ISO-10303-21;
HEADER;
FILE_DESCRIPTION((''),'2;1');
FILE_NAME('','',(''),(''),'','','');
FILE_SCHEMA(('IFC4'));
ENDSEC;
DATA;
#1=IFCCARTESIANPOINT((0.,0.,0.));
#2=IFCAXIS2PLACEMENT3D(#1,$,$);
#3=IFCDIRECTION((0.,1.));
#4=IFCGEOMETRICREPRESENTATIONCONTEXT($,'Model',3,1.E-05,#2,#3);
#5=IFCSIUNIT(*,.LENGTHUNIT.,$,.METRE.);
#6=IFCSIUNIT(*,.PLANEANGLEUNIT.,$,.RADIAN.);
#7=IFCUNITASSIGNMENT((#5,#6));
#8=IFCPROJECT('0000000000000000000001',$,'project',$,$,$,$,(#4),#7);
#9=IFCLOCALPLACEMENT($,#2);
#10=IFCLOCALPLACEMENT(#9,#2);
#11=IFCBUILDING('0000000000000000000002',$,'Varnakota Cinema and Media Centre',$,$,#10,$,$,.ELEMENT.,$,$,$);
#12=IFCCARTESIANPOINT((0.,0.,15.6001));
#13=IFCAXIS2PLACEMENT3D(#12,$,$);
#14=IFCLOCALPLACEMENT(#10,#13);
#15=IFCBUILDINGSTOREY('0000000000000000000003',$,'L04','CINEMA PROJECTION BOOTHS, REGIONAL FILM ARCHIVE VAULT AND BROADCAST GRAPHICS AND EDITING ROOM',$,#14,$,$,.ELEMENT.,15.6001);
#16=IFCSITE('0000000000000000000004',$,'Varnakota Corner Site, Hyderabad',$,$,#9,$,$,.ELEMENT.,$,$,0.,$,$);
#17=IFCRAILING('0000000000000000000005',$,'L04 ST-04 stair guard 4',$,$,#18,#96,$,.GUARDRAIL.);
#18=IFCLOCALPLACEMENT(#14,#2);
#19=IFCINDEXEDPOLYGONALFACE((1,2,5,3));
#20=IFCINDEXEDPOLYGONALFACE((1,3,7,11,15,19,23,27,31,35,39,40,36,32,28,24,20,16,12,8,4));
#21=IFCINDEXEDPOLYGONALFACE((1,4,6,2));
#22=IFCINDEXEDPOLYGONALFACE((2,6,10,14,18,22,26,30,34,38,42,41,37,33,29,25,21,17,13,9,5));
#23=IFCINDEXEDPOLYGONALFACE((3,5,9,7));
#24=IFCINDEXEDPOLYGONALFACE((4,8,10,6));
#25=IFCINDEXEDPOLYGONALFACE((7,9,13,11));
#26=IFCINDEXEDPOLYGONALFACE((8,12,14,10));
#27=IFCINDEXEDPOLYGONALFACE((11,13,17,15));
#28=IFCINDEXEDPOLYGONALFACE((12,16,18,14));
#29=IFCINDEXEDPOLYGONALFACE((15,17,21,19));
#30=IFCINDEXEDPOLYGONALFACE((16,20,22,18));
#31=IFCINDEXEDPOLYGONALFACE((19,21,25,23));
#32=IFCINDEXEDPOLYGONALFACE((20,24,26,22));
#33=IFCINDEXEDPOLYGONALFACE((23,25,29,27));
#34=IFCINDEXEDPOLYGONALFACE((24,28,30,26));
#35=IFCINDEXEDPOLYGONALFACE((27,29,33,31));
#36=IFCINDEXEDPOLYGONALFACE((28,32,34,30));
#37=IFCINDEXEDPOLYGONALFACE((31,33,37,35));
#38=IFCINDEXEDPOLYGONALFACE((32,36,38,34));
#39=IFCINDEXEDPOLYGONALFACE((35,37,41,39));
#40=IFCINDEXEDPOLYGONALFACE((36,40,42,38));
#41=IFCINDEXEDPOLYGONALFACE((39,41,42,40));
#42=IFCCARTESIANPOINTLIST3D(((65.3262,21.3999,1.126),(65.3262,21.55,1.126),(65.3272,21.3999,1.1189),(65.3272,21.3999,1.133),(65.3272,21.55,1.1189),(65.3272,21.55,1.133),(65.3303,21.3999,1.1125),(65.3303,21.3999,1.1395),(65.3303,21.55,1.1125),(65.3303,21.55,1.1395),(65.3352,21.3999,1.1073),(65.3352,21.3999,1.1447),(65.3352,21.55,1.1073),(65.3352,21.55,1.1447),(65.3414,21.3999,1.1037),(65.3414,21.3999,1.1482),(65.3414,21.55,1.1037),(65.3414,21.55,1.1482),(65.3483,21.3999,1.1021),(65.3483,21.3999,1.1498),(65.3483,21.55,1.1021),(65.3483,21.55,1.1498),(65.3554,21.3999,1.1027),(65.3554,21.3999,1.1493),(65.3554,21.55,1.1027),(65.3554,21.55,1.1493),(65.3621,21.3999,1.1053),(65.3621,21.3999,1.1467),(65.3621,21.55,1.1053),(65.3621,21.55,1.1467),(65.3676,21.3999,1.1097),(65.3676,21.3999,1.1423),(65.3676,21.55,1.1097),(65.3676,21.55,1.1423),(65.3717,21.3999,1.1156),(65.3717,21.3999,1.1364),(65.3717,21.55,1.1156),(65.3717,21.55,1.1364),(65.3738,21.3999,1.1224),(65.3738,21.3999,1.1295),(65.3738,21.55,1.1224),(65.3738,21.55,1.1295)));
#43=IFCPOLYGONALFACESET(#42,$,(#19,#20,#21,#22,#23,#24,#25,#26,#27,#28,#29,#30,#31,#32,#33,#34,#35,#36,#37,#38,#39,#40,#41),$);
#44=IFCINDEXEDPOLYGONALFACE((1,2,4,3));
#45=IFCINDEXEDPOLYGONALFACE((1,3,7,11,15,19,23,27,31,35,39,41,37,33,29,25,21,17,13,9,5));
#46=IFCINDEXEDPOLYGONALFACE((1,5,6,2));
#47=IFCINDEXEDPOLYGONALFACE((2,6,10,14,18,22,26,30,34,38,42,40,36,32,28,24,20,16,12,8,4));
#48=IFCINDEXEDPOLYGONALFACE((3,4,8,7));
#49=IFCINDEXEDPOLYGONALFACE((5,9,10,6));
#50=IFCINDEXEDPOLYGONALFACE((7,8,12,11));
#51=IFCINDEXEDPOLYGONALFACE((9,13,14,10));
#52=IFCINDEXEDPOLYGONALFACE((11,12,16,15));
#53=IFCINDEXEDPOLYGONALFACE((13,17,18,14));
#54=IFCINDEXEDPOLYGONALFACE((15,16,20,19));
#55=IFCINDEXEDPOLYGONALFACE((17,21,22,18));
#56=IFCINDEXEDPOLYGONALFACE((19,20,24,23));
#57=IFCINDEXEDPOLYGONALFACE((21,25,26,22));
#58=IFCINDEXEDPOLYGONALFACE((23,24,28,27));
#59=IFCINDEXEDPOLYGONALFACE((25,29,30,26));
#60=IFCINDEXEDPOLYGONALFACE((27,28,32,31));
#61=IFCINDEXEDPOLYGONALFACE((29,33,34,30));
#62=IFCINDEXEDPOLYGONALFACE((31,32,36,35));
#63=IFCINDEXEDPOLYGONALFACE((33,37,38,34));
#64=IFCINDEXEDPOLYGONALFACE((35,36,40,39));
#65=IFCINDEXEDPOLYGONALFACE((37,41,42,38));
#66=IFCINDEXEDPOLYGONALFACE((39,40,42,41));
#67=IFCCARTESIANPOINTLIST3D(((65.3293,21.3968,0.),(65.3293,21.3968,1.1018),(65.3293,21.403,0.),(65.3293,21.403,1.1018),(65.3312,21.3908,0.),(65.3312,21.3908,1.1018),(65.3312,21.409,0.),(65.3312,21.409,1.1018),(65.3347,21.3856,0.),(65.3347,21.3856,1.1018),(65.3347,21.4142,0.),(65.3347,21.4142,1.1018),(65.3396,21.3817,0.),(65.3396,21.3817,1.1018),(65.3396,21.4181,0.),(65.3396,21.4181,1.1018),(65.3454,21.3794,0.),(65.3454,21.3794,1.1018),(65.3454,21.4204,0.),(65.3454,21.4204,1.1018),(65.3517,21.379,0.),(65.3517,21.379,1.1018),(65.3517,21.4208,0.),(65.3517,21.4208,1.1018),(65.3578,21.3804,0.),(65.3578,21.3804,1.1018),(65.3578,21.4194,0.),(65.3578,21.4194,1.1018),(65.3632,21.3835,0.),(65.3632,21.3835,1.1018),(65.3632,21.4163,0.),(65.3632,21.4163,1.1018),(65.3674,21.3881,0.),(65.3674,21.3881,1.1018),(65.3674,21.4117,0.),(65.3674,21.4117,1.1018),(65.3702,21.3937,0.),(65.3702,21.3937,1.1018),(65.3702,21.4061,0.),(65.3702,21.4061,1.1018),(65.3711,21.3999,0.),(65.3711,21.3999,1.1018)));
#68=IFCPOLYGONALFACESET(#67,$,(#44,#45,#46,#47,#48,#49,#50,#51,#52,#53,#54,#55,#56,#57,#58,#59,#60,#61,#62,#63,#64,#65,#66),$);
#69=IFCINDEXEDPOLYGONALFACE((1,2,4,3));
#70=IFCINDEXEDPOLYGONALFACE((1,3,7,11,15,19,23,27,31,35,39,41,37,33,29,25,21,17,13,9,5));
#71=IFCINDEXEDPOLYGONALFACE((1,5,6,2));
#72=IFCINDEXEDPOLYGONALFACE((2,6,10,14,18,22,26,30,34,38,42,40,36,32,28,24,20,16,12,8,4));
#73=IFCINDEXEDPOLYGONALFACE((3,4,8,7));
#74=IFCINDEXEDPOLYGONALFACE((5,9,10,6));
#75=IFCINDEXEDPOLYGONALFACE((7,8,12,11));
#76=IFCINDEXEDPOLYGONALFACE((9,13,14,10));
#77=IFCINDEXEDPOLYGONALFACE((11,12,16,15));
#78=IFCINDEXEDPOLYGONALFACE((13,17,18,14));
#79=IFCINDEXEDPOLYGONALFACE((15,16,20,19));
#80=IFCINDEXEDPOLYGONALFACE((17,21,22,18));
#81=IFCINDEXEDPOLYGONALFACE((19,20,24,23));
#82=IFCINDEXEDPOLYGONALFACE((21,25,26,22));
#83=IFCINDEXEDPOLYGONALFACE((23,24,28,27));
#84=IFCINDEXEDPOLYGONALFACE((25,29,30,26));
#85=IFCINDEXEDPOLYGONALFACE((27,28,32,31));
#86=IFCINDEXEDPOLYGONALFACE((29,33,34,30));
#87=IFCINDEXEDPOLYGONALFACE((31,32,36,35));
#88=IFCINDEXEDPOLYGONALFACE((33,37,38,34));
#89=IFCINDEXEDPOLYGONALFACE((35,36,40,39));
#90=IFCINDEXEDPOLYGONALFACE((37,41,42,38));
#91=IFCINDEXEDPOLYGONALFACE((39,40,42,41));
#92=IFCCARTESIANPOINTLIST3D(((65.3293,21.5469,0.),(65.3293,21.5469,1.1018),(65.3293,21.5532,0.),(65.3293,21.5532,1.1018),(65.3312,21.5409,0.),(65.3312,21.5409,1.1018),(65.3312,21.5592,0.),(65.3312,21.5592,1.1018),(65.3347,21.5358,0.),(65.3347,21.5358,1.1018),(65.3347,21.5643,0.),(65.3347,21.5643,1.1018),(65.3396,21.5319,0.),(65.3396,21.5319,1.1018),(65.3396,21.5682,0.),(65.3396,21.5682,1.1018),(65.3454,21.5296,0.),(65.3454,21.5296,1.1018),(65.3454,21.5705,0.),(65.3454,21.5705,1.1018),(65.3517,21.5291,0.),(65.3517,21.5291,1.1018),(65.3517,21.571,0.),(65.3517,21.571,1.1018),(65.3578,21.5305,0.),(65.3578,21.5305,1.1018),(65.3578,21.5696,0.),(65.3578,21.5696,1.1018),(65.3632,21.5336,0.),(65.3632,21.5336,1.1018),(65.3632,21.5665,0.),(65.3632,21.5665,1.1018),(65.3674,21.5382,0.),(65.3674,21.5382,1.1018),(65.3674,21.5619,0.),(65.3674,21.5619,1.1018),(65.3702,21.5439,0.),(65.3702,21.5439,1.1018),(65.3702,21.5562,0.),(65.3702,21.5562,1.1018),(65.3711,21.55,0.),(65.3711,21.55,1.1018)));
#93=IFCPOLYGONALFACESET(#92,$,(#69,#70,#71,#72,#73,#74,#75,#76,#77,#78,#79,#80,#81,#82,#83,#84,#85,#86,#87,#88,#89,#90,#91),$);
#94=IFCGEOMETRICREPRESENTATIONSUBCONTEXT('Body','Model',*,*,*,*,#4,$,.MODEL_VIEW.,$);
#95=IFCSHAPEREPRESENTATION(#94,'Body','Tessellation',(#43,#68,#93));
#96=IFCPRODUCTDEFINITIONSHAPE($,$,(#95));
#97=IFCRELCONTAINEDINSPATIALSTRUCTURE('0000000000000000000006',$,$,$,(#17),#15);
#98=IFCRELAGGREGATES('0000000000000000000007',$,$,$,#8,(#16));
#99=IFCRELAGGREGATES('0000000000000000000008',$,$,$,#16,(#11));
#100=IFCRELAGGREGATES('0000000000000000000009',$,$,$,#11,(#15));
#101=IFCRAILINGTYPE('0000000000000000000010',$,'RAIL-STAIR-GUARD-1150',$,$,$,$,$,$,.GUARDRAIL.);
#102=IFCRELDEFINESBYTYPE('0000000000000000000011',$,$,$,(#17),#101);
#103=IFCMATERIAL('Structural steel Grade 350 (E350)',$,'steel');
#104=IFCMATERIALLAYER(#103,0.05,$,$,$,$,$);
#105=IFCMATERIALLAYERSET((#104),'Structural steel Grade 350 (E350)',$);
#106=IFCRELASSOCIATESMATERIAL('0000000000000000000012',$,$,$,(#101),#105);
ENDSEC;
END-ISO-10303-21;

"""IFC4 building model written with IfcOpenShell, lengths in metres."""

from ifc_helpers import new_model, si_unit, direction, frame, origin, origin_2d, place, context, subcontext, project, spatial, circle, extrude, material, layer, layer_set, type_object, element, save


model = new_model("IFC4")

# Units and contexts
model_context = context("Model", 3, precision=1e-05, world=origin(), true_north=direction((0.0, 1.0)))
body_context = subcontext(model_context, "Body", "Model", "MODEL_VIEW")
ifc_project = project(units=[si_unit("LENGTHUNIT", "METRE"), si_unit("PLANEANGLEUNIT", "RADIAN")], contexts=[model_context])

# Site, building, storey
site_placement = place(None, origin())
site = spatial("IfcSite", under=ifc_project, at=site_placement, Name="Varnakota Corner Site, Hyderabad", CompositionType="ELEMENT", RefElevation=0.0)
building_placement = place(site_placement, origin())
building = spatial("IfcBuilding", under=site, at=building_placement, Name="Varnakota Cinema and Media Centre", CompositionType="ELEMENT")
storey_placement = place(building_placement, frame((0.0, 0.0, 15.6001)))
storey = spatial("IfcBuildingStorey", under=building, at=storey_placement, Name="L04", Description="CINEMA PROJECTION BOOTHS, REGIONAL FILM ARCHIVE VAULT AND BROADCAST GRAPHICS AND EDITING ROOM", CompositionType="ELEMENT", Elevation=15.6001)

# Railing
ifc_material_1 = material(Name="Structural steel Grade 350 (E350)", Category="steel")
ifc_layer_1 = layer(ifc_material_1, 0.05)
ifc_layer_set_1 = layer_set([ifc_layer_1], Name="Structural steel Grade 350 (E350)")
railing_type_1 = type_object("IfcRailingType", Name="RAIL-STAIR-GUARD-1150", PredefinedType="GUARDRAIL", material=ifc_layer_set_1)
railing_1_placement = place(storey_placement, frame((65.3501, 21.3999, 0.0)))
element("IfcRailing", 1, at=railing_1_placement, inside=storey, type_object=railing_type_1, Name="L04 ST-04 stair guard 4", PredefinedType="GUARDRAIL", context=body_context, shape_type="SweptSolid", body=[
    extrude(circle(Radius=0.0239, at=origin_2d()), frame((0.0, 0.0, 1.126), z_axis=(0.0, 1.0, 0.0), x_axis=(-1.0, 0.0, 0.0)), (0.0, 0.0, 1.0), 0.1501),
    extrude(circle(Radius=0.021, at=origin_2d()), origin(), (0.0, 0.0, 1.0), 1.1018),
    extrude(circle(Radius=0.021, at=origin_2d()), frame((0.0, 0.1501, 0.0)), (0.0, 0.0, 1.0), 1.1018),
])

save(model, "model.ifc")
